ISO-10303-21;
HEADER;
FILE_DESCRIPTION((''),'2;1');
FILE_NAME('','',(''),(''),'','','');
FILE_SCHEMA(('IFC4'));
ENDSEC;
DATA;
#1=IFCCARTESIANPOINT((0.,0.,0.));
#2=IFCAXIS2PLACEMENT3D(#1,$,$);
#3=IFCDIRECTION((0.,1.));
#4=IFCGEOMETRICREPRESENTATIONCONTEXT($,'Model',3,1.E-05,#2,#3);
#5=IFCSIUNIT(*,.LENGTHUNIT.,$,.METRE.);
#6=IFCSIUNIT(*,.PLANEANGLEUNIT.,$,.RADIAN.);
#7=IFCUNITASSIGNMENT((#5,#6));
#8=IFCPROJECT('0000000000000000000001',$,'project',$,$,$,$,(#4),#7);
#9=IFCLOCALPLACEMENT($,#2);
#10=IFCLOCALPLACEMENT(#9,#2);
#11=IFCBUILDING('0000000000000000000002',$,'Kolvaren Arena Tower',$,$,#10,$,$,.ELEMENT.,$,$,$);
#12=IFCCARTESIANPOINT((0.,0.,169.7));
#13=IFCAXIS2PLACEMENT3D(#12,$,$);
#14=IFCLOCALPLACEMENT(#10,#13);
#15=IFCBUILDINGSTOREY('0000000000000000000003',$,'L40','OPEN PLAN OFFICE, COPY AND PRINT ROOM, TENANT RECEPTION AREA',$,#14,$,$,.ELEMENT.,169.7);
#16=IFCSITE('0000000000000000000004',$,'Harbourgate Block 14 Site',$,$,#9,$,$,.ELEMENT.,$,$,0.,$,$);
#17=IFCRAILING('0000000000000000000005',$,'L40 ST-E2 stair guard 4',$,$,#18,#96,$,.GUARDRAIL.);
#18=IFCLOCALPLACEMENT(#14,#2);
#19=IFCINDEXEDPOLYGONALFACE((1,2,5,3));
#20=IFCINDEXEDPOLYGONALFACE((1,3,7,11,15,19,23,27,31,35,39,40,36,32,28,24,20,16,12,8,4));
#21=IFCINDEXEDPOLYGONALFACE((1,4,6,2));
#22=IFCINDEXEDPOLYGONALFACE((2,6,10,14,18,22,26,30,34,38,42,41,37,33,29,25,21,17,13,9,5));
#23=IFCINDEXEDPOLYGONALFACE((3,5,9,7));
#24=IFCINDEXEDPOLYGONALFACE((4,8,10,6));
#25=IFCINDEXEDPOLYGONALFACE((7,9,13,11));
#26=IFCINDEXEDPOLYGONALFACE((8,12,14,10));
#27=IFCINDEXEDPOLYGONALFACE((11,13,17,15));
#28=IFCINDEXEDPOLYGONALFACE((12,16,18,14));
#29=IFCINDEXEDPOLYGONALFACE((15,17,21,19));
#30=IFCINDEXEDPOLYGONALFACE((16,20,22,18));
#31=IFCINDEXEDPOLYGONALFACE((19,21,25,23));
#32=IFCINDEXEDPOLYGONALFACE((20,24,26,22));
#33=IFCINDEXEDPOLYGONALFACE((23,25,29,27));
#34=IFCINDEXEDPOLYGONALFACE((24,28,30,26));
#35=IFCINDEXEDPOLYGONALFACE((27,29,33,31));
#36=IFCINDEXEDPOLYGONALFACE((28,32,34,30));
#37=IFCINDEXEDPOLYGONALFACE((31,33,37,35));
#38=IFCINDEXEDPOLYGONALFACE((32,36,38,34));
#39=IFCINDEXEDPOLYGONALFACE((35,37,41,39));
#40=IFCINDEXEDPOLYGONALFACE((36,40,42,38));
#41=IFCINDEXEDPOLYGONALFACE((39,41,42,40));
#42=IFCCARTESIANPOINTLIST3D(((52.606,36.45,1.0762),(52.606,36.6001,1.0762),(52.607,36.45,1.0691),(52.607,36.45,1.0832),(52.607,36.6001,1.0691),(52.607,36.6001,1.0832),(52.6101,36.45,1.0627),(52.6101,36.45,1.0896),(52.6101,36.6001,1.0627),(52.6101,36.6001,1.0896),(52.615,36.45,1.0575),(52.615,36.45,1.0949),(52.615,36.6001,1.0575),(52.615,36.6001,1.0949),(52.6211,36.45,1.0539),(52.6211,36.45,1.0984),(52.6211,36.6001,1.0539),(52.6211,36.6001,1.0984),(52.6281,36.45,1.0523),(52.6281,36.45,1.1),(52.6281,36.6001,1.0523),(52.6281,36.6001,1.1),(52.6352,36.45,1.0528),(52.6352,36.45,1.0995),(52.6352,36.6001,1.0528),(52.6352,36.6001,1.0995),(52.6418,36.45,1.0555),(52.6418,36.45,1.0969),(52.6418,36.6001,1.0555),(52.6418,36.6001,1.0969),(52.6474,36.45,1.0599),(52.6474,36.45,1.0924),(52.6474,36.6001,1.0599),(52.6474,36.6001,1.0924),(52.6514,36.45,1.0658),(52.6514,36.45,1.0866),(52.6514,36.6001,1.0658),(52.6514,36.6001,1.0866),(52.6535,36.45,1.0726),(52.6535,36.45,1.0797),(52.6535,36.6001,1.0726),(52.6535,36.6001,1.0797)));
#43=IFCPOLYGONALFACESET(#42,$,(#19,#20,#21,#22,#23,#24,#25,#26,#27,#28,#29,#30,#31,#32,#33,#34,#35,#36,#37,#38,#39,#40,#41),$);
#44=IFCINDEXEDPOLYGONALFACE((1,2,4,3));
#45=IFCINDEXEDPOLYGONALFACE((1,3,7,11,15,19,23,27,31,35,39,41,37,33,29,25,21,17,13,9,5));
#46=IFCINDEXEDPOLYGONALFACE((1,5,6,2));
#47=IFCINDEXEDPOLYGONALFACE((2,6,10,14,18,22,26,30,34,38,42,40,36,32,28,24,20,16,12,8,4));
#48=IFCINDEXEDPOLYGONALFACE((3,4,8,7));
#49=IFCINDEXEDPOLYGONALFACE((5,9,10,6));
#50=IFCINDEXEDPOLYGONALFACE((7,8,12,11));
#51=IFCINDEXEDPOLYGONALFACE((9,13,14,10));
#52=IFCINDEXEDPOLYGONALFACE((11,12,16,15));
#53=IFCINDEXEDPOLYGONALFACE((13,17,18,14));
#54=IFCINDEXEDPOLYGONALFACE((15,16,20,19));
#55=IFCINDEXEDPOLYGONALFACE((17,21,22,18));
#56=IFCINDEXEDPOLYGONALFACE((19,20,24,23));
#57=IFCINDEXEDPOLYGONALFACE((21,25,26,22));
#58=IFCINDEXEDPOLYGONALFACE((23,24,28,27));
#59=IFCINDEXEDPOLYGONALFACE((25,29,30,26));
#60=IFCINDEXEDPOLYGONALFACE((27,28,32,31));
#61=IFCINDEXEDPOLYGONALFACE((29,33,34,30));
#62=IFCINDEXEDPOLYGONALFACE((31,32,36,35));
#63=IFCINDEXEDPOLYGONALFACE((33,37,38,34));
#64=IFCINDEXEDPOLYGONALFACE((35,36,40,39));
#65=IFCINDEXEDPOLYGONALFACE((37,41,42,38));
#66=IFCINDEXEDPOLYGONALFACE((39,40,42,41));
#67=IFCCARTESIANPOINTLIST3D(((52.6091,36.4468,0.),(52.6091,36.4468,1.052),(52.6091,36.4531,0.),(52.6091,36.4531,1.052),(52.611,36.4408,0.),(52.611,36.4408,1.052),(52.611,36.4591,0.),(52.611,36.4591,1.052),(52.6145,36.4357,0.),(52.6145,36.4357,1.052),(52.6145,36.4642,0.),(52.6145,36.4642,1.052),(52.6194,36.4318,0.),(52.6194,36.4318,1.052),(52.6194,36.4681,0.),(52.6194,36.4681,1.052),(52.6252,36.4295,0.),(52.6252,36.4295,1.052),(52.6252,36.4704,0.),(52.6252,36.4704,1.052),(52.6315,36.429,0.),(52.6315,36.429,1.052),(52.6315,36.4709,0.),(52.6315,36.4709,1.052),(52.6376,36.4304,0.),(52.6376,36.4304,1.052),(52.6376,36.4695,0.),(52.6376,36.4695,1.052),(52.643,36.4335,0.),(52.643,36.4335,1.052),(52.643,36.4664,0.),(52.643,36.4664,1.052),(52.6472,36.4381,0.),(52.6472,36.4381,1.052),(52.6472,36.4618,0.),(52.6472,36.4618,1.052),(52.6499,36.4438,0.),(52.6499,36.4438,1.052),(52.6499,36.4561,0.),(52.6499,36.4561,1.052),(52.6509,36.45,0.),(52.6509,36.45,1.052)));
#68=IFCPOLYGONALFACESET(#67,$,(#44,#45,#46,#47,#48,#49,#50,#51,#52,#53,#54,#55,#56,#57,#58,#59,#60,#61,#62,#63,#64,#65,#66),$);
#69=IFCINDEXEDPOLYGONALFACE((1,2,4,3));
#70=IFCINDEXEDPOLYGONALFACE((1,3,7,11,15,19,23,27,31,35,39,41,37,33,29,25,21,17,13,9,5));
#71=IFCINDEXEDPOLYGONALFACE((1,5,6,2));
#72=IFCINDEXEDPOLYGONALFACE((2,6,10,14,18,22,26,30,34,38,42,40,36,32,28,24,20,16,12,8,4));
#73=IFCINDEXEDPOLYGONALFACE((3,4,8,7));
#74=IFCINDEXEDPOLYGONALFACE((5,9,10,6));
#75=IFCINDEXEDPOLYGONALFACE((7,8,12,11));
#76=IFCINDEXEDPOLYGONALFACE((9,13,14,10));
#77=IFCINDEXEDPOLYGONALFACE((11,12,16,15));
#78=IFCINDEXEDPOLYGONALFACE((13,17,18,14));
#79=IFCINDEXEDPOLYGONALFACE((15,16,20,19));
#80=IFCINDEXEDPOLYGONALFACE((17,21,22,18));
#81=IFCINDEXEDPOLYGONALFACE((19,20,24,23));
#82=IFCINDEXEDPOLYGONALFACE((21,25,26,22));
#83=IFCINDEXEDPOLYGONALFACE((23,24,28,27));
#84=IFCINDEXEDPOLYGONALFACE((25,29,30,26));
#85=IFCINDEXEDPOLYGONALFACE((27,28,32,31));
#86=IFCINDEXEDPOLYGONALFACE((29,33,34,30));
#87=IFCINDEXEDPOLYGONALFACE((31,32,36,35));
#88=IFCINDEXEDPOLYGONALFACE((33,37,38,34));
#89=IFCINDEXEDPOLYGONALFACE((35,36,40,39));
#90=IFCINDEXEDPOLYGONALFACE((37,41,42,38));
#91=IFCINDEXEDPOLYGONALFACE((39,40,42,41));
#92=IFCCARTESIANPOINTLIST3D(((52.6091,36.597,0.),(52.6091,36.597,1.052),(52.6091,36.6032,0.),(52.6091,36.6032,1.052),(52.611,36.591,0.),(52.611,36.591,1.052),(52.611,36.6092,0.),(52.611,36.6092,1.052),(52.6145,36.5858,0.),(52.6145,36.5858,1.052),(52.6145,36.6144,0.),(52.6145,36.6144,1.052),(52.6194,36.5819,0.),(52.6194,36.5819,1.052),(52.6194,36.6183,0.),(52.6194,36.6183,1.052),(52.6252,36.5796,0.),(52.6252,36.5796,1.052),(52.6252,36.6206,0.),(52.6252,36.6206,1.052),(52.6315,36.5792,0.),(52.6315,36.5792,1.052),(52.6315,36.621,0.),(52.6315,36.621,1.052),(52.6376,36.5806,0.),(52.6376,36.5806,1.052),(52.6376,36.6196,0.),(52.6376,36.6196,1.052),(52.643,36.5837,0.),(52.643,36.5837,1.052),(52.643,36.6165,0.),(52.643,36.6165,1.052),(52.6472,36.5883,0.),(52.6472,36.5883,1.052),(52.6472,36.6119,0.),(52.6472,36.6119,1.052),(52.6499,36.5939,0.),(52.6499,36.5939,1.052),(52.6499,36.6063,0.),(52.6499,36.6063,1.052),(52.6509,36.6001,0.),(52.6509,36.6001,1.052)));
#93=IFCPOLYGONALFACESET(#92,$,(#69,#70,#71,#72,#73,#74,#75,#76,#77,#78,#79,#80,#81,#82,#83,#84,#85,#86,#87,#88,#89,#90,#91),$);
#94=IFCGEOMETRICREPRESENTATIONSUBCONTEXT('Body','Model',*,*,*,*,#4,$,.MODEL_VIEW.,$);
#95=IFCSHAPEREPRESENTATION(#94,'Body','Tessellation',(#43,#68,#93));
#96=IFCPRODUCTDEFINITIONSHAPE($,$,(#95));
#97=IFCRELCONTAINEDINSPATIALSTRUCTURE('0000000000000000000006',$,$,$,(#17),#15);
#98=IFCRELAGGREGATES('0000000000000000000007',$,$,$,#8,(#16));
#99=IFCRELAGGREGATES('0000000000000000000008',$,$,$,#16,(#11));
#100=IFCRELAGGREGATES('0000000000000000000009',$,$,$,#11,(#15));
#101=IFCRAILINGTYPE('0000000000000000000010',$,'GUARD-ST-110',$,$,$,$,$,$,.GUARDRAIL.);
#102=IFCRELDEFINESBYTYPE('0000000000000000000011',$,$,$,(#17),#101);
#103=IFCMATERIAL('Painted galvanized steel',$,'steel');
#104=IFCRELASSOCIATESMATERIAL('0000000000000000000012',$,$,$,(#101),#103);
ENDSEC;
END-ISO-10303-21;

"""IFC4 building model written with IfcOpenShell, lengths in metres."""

from ifc_helpers import new_model, si_unit, direction, frame, origin, origin_2d, place, context, subcontext, project, spatial, circle, extrude, material, type_object, element, save


model = new_model("IFC4")

# Units and contexts
model_context = context("Model", 3, precision=1e-05, world=origin(), true_north=direction((0.0, 1.0)))
body_context = subcontext(model_context, "Body", "Model", "MODEL_VIEW")
ifc_project = project(units=[si_unit("LENGTHUNIT", "METRE"), si_unit("PLANEANGLEUNIT", "RADIAN")], contexts=[model_context])

# Site, building, storey
site_placement = place(None, origin())
site = spatial("IfcSite", under=ifc_project, at=site_placement, Name="Harbourgate Block 14 Site", CompositionType="ELEMENT", RefElevation=0.0)
building_placement = place(site_placement, origin())
building = spatial("IfcBuilding", under=site, at=building_placement, Name="Kolvaren Arena Tower", CompositionType="ELEMENT")
storey_placement = place(building_placement, frame((0.0, 0.0, 169.7)))
storey = spatial("IfcBuildingStorey", under=building, at=storey_placement, Name="L40", Description="OPEN PLAN OFFICE, COPY AND PRINT ROOM, TENANT RECEPTION AREA", CompositionType="ELEMENT", Elevation=169.7)

# Railing
ifc_material_1 = material(Name="Painted galvanized steel", Category="steel")
railing_type_1 = type_object("IfcRailingType", Name="GUARD-ST-110", PredefinedType="GUARDRAIL", material=ifc_material_1)
railing_1_placement = place(storey_placement, frame((52.6299, 36.45, 0.0)))
element("IfcRailing", 1, at=railing_1_placement, inside=storey, type_object=railing_type_1, Name="L40 ST-E2 stair guard 4", PredefinedType="GUARDRAIL", context=body_context, shape_type="SweptSolid", body=[
    extrude(circle(Radius=0.0239, at=origin_2d()), frame((0.0, 0.0, 1.0762), z_axis=(0.0, 1.0, 0.0), x_axis=(-1.0, 0.0, 0.0)), (0.0, 0.0, 1.0), 0.1501),
    extrude(circle(Radius=0.021, at=origin_2d()), origin(), (0.0, 0.0, 1.0), 1.052),
    extrude(circle(Radius=0.021, at=origin_2d()), frame((0.0, 0.1501, 0.0)), (0.0, 0.0, 1.0), 1.052),
])

save(model, "model.ifc")
